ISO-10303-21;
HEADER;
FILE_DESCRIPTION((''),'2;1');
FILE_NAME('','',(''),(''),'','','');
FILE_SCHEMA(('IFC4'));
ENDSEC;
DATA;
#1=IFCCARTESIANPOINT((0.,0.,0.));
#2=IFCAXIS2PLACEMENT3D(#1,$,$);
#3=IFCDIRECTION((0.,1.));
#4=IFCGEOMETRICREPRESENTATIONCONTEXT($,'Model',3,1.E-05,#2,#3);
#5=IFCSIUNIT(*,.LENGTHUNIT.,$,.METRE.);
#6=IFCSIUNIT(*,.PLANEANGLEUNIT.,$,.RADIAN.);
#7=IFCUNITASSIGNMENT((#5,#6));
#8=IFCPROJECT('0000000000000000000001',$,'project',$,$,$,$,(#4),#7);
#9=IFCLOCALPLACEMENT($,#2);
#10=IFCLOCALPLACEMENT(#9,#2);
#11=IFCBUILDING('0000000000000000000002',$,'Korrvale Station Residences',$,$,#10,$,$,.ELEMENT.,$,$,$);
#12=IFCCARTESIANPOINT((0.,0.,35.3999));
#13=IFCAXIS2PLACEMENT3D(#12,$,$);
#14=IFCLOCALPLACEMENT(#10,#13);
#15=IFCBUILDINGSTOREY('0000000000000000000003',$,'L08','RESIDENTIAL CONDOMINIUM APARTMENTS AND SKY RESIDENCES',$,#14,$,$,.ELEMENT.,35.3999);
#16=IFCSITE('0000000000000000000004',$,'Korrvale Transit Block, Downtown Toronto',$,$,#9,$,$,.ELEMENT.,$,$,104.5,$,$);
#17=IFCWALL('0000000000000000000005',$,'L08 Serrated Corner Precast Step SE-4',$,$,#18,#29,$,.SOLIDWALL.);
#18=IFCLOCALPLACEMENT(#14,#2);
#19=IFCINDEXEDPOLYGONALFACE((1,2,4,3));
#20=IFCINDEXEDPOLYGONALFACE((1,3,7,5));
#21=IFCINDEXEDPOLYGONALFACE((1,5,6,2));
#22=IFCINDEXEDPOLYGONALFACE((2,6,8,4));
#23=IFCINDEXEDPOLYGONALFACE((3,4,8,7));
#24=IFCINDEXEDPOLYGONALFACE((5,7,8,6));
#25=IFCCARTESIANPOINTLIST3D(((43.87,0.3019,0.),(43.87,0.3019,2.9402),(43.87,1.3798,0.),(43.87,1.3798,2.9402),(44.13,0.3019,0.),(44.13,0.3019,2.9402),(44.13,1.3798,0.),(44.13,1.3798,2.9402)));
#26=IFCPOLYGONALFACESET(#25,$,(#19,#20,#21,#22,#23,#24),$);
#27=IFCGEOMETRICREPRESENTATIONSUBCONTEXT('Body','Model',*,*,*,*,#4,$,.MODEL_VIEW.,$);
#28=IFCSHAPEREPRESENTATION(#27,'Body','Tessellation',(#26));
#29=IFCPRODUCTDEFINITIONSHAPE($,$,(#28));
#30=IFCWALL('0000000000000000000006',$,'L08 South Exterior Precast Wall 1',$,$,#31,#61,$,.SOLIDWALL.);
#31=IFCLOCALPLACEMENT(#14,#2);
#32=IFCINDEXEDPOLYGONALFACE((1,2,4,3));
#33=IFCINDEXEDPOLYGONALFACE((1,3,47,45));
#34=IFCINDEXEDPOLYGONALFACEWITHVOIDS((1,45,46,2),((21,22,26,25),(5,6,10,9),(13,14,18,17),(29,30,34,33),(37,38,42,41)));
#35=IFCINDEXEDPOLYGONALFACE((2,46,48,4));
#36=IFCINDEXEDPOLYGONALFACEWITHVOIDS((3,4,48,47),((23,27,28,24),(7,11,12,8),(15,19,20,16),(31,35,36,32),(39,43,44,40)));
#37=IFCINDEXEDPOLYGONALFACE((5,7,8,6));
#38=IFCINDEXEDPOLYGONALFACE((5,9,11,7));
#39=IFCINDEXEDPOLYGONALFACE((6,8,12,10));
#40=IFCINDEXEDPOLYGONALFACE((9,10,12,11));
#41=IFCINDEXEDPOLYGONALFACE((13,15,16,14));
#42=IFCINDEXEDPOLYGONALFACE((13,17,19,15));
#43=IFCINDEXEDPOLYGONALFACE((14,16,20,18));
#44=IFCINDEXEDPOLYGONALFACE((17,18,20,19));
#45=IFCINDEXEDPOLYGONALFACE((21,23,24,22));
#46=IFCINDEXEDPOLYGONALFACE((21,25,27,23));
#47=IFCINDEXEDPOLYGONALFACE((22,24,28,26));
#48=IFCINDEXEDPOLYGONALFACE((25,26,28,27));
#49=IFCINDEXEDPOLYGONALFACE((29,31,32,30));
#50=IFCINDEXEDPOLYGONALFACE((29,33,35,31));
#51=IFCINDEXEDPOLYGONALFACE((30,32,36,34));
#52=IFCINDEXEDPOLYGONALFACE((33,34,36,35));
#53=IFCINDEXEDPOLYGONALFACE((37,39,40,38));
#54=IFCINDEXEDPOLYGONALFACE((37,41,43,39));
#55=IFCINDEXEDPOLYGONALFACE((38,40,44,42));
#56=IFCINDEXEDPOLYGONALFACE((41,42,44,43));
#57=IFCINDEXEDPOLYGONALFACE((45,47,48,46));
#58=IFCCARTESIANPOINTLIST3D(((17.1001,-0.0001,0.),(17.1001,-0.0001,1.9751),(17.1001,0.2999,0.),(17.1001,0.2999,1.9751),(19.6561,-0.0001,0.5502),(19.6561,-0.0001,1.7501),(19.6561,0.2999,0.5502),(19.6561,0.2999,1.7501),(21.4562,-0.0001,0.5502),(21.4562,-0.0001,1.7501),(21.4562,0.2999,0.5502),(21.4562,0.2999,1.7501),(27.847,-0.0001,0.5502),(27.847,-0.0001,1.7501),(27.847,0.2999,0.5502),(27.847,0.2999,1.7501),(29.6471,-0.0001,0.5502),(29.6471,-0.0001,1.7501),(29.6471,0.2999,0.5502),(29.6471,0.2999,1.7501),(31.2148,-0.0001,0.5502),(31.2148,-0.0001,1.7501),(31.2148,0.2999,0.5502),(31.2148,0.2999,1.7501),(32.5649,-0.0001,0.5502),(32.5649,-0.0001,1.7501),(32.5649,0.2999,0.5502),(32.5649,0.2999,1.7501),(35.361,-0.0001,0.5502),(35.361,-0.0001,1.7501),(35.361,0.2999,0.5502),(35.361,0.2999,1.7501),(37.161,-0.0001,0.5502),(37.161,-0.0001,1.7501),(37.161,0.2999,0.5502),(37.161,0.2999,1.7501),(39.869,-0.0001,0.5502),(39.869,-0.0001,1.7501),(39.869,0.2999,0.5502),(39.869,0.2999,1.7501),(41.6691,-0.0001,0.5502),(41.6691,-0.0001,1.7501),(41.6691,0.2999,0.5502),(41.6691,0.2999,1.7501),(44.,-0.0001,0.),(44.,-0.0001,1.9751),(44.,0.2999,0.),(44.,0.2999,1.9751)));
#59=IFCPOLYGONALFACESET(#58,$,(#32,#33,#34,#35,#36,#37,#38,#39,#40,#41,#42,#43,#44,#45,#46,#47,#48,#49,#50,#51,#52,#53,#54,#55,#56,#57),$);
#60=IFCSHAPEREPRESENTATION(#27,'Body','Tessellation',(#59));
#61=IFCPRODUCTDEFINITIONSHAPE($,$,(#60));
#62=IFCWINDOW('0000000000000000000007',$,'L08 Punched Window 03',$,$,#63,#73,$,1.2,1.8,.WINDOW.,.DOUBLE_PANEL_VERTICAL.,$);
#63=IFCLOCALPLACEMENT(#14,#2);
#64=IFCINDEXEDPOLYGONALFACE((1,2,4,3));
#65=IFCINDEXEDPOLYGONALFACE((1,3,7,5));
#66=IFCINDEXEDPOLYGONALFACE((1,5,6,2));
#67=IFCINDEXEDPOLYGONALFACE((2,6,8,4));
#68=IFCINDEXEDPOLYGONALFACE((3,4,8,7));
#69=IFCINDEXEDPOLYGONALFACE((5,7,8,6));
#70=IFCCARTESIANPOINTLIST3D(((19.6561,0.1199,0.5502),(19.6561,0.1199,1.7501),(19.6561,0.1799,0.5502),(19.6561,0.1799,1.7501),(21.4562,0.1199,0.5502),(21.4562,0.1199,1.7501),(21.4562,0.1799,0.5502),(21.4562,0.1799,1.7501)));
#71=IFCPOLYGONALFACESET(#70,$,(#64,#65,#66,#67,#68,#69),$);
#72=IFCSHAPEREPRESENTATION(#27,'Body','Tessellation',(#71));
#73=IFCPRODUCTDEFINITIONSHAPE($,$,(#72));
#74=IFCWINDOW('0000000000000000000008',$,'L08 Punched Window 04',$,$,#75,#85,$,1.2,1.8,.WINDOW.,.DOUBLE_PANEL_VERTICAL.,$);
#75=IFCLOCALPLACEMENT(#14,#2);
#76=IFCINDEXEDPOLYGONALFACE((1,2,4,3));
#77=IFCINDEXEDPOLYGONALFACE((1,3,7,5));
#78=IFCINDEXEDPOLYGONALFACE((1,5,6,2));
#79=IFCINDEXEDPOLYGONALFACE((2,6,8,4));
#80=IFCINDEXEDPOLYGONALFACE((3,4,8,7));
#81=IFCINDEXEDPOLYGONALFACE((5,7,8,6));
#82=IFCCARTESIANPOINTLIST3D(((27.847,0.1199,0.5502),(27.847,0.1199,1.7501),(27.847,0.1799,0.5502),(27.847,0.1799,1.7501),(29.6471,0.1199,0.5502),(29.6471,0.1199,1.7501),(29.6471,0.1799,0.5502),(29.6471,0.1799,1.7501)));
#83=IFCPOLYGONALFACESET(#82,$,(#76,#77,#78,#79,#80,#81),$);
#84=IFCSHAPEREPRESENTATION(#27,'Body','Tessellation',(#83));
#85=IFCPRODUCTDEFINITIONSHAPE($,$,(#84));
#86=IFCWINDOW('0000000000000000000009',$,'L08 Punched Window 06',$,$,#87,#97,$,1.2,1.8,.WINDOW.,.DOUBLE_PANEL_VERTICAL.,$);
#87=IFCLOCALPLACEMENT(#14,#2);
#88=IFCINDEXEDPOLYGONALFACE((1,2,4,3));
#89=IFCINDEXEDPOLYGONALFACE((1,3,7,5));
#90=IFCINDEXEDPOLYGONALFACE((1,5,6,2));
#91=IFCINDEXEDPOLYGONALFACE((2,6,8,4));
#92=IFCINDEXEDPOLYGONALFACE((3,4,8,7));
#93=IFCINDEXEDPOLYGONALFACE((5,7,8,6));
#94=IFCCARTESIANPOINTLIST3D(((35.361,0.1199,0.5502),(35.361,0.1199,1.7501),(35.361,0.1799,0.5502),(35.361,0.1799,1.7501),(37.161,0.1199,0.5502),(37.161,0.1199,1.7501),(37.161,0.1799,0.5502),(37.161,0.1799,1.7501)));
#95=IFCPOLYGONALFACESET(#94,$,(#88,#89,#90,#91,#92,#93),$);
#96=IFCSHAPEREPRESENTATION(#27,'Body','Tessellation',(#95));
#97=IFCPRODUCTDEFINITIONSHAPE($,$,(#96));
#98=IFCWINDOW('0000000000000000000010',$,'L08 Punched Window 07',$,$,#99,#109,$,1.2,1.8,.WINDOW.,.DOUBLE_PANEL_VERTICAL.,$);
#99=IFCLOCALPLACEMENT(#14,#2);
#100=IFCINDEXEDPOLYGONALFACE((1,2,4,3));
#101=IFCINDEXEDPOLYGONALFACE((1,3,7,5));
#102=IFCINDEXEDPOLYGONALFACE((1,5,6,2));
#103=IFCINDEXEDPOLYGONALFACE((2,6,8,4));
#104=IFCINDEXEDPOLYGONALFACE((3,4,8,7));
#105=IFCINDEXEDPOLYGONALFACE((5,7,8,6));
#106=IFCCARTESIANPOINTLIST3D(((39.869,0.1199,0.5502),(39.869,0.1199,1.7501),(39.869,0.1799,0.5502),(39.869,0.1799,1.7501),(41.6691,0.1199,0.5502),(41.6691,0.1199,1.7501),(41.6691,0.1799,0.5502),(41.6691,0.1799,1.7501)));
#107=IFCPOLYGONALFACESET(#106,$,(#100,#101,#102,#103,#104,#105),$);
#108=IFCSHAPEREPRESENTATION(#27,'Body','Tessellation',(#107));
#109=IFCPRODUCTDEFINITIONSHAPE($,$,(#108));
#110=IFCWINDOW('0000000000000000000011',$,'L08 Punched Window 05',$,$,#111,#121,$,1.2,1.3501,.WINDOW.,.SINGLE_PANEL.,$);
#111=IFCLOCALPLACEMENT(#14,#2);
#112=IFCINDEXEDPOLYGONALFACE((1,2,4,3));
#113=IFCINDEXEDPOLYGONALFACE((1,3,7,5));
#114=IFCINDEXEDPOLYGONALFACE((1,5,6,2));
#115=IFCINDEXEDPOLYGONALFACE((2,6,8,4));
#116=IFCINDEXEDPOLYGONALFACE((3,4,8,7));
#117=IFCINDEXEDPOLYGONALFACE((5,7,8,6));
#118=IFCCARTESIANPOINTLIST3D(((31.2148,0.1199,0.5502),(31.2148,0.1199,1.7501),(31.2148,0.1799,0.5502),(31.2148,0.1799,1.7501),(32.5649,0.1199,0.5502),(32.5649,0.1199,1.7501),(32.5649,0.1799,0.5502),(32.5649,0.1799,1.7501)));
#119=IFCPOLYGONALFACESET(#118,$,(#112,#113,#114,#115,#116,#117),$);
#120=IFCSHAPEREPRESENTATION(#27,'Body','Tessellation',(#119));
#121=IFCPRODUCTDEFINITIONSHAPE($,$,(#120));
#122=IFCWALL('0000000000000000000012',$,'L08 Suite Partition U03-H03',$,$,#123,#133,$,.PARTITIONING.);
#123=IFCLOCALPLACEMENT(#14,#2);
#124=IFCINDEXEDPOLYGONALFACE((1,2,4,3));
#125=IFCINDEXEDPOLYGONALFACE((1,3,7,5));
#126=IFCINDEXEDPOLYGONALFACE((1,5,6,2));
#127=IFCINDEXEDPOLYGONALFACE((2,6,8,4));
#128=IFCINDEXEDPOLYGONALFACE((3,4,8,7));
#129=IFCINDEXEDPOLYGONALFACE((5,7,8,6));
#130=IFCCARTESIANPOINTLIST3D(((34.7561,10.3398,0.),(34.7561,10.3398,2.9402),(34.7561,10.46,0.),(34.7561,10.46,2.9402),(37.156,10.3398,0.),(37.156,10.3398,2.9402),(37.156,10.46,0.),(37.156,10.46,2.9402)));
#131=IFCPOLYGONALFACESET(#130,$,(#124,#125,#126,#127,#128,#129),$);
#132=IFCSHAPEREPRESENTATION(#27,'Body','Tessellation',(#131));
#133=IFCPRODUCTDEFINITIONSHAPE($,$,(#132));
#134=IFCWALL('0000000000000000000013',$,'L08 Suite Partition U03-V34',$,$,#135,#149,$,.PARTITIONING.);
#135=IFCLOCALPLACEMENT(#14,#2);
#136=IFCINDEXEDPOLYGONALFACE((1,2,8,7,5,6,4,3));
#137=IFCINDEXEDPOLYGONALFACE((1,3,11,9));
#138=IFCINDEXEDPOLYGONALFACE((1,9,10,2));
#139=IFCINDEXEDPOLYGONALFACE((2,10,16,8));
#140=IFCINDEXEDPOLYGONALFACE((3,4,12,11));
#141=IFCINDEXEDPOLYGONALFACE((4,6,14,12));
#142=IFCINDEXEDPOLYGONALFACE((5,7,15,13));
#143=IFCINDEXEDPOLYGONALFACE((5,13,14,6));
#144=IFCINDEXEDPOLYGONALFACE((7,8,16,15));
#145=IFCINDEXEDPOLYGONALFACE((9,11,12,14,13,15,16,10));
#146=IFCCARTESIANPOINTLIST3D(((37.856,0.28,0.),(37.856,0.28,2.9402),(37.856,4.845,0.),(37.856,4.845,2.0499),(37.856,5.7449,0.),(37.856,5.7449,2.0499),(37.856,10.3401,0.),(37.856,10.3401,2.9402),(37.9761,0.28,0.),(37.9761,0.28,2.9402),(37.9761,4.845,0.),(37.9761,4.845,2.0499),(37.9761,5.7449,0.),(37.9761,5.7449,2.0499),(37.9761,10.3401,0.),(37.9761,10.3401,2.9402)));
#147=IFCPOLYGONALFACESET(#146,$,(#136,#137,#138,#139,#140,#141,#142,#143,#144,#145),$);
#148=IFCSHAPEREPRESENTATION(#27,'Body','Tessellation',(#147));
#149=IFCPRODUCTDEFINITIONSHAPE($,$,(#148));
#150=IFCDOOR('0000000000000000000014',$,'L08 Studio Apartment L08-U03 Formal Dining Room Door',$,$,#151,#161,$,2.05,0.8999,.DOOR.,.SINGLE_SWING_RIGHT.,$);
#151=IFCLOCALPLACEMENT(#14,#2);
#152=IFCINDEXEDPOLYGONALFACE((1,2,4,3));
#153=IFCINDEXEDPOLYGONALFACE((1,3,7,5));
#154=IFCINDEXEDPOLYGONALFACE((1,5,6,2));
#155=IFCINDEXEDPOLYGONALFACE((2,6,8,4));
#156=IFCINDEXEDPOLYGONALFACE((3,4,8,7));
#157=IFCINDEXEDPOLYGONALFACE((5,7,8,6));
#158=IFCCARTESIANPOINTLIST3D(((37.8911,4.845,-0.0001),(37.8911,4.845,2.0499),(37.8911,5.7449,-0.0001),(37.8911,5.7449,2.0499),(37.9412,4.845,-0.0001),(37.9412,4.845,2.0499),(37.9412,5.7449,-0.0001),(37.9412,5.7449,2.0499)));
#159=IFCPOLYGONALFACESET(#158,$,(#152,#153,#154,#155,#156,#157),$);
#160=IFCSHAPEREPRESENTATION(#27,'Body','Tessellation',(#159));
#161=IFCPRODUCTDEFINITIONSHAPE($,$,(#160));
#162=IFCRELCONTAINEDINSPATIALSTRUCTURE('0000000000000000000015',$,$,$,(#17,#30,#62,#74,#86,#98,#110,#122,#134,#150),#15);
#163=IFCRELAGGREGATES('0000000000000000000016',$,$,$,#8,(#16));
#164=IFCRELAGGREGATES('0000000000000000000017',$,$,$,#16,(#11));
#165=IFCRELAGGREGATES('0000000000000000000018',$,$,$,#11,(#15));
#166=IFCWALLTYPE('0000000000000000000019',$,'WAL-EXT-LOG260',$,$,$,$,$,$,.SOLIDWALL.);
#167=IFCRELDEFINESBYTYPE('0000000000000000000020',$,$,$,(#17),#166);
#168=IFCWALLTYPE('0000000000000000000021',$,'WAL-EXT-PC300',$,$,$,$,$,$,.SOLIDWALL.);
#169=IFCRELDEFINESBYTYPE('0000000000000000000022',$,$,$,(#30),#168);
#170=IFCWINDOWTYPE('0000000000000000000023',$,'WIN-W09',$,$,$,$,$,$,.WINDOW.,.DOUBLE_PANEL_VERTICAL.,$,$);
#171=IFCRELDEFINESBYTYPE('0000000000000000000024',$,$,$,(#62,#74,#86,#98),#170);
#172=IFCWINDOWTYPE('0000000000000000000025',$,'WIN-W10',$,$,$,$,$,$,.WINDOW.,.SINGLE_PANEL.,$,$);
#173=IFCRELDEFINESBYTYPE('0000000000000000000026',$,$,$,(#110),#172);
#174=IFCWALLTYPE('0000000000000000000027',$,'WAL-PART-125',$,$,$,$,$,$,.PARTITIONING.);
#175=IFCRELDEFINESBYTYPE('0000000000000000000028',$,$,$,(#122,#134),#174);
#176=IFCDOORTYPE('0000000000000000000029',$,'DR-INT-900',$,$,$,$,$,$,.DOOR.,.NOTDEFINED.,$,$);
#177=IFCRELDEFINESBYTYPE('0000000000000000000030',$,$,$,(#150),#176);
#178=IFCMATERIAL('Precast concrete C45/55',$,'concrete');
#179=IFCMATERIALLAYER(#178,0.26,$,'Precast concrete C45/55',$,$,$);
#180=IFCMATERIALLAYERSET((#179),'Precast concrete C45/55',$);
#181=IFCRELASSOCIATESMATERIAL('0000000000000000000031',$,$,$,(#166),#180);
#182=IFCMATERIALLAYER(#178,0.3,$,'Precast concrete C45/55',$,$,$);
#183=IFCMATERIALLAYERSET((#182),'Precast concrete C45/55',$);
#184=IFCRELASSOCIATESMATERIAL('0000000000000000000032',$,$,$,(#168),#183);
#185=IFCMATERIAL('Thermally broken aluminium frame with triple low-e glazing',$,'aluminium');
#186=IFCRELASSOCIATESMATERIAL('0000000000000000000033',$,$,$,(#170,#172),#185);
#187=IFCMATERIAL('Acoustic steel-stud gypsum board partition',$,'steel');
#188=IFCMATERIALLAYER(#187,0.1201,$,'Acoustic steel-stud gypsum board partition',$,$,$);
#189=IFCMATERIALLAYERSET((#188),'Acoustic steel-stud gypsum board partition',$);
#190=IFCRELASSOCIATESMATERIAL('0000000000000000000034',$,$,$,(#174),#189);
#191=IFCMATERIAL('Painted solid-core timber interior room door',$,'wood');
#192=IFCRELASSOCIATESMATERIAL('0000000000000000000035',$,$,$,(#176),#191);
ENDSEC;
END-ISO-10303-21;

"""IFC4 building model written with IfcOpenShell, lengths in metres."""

from ifc_helpers import new_model, si_unit, direction, frame, frame_2d, origin, place, context, subcontext, project, spatial, rectangle, extrude, material, layer, layer_set, type_object, element, fill, save


model = new_model("IFC4")

# Units and contexts
model_context = context("Model", 3, precision=1e-05, world=origin(), true_north=direction((0.0, 1.0)))
body_context = subcontext(model_context, "Body", "Model", "MODEL_VIEW")
ifc_project = project(units=[si_unit("LENGTHUNIT", "METRE"), si_unit("PLANEANGLEUNIT", "RADIAN")], contexts=[model_context])

# Site, building, storey
site_placement = place(None, origin())
site = spatial("IfcSite", under=ifc_project, at=site_placement, Name="Korrvale Transit Block, Downtown Toronto", CompositionType="ELEMENT", RefElevation=104.5)
building_placement = place(site_placement, origin())
building = spatial("IfcBuilding", under=site, at=building_placement, Name="Korrvale Station Residences", CompositionType="ELEMENT")
storey_placement = place(building_placement, frame((0.0, 0.0, 35.3999)))
storey = spatial("IfcBuildingStorey", under=building, at=storey_placement, Name="L08", Description="RESIDENTIAL CONDOMINIUM APARTMENTS AND SKY RESIDENCES", CompositionType="ELEMENT", Elevation=35.3999)

# Wall
ifc_material_1 = material(Name="Precast concrete C45/55", Category="concrete")
ifc_layer_1 = layer(ifc_material_1, 0.26, Name="Precast concrete C45/55")
ifc_layer_set_1 = layer_set([ifc_layer_1], Name="Precast concrete C45/55")
wall_type_1 = type_object("IfcWallType", Name="WAL-EXT-LOG260", PredefinedType="SOLIDWALL", material=ifc_layer_set_1)
wall_1_placement = place(storey_placement, frame((44.0, 1.3799, 0.0), z_axis=(0.0, 0.0, 1.0), x_axis=(0.0, -1.0, 0.0)))
element("IfcWall", 1, at=wall_1_placement, inside=storey, type_object=wall_type_1, Name="L08 Serrated Corner Precast Step SE-4", PredefinedType="SOLIDWALL", context=body_context, shape_type="SweptSolid", body=[
    extrude(rectangle(XDim=1.0779, YDim=0.26, at=frame_2d((0.5391, 0.0))), origin(), (0.0, 0.0, 1.0), 2.9402),
])

# Wall, openings, windows
ifc_layer_2 = layer(ifc_material_1, 0.3, Name="Precast concrete C45/55")
ifc_layer_set_2 = layer_set([ifc_layer_2], Name="Precast concrete C45/55")
wall_type_2 = type_object("IfcWallType", Name="WAL-EXT-PC300", PredefinedType="SOLIDWALL", material=ifc_layer_set_2)
wall_2_placement = place(storey_placement, frame((44.0, 0.1499, 0.0), z_axis=(0.0, 0.0, 1.0), x_axis=(-1.0, 0.0, 0.0)))
wall_2 = element("IfcWall", 2, at=wall_2_placement, inside=storey, type_object=wall_type_2, Name="L08 South Exterior Precast Wall 1", PredefinedType="SOLIDWALL", context=body_context, shape_type="SweptSolid", body=[
    extrude(rectangle(XDim=26.8999, YDim=0.3, at=frame_2d((13.45, 0.0))), origin(), (0.0, 0.0, 1.0), 1.9751),
])
opening_1_placement = place(wall_2_placement, frame((22.5439, 0.0, 0.55)))
opening_1 = element("IfcOpeningElement", 3, at=opening_1_placement, cuts=wall_2, PredefinedType="OPENING", context=body_context, shape_type="SweptSolid", body=[
    extrude(rectangle(XDim=1.8, YDim=1.2, at=frame_2d((0.8999, 0.6001))), frame((0.0, 0.1602, 0.0), z_axis=(0.0, -1.0, 0.0), x_axis=(1.0, 0.0, 0.0)), (0.0, 0.0, 1.0), 0.3201),
])
opening_2_placement = place(wall_2_placement, frame((14.353, 0.0, 0.55)))
opening_2 = element("IfcOpeningElement", 4, at=opening_2_placement, cuts=wall_2, PredefinedType="OPENING", context=body_context, shape_type="SweptSolid", body=[
    extrude(rectangle(XDim=1.8, YDim=1.2, at=frame_2d((0.8999, 0.6001))), frame((0.0, 0.1602, 0.0), z_axis=(0.0, -1.0, 0.0), x_axis=(1.0, 0.0, 0.0)), (0.0, 0.0, 1.0), 0.3201),
])
opening_3_placement = place(wall_2_placement, frame((11.4351, 0.0, 0.55)))
opening_3 = element("IfcOpeningElement", 5, at=opening_3_placement, cuts=wall_2, PredefinedType="OPENING", context=body_context, shape_type="SweptSolid", body=[
    extrude(rectangle(XDim=1.3501, YDim=1.2, at=frame_2d((0.675, 0.6001))), frame((0.0, 0.1602, 0.0), z_axis=(0.0, -1.0, 0.0), x_axis=(1.0, 0.0, 0.0)), (0.0, 0.0, 1.0), 0.3201),
])
opening_4_placement = place(wall_2_placement, frame((6.8391, 0.0, 0.55)))
opening_4 = element("IfcOpeningElement", 6, at=opening_4_placement, cuts=wall_2, PredefinedType="OPENING", context=body_context, shape_type="SweptSolid", body=[
    extrude(rectangle(XDim=1.8, YDim=1.2, at=frame_2d((0.8999, 0.6001))), frame((0.0, 0.1602, 0.0), z_axis=(0.0, -1.0, 0.0), x_axis=(1.0, 0.0, 0.0)), (0.0, 0.0, 1.0), 0.3201),
])
opening_5_placement = place(wall_2_placement, frame((2.3311, 0.0, 0.55)))
opening_5 = element("IfcOpeningElement", 7, at=opening_5_placement, cuts=wall_2, PredefinedType="OPENING", context=body_context, shape_type="SweptSolid", body=[
    extrude(rectangle(XDim=1.8, YDim=1.2, at=frame_2d((0.8999, 0.6001))), frame((0.0, 0.1602, 0.0), z_axis=(0.0, -1.0, 0.0), x_axis=(1.0, 0.0, 0.0)), (0.0, 0.0, 1.0), 0.3201),
])
ifc_material_2 = material(Name="Thermally broken aluminium frame with triple low-e glazing", Category="aluminium")
window_type_1 = type_object("IfcWindowType", Name="WIN-W09", PartitioningType="DOUBLE_PANEL_VERTICAL", PredefinedType="WINDOW", material=ifc_material_2)
window_1_placement = place(opening_1_placement, origin())
window_1 = element("IfcWindow", 8, at=window_1_placement, inside=storey, type_object=window_type_1, Name="L08 Punched Window 03", OverallHeight=1.2, OverallWidth=1.8, PartitioningType="DOUBLE_PANEL_VERTICAL", PredefinedType="WINDOW", context=body_context, shape_type="SweptSolid", body=[
    extrude(rectangle(XDim=1.8, YDim=1.2, at=frame_2d((0.8999, 0.6001))), frame((0.0, 0.03, 0.0), z_axis=(0.0, -1.0, 0.0), x_axis=(1.0, 0.0, 0.0)), (0.0, 0.0, 1.0), 0.0601),
])
fill(opening_1, window_1)
window_2_placement = place(opening_2_placement, origin())
window_2 = element("IfcWindow", 9, at=window_2_placement, inside=storey, type_object=window_type_1, Name="L08 Punched Window 04", OverallHeight=1.2, OverallWidth=1.8, PartitioningType="DOUBLE_PANEL_VERTICAL", PredefinedType="WINDOW", context=body_context, shape_type="SweptSolid", body=[
    extrude(rectangle(XDim=1.8, YDim=1.2, at=frame_2d((0.8999, 0.6001))), frame((0.0, 0.03, 0.0), z_axis=(0.0, -1.0, 0.0), x_axis=(1.0, 0.0, 0.0)), (0.0, 0.0, 1.0), 0.0601),
])
fill(opening_2, window_2)
window_3_placement = place(opening_4_placement, origin())
window_3 = element("IfcWindow", 10, at=window_3_placement, inside=storey, type_object=window_type_1, Name="L08 Punched Window 06", OverallHeight=1.2, OverallWidth=1.8, PartitioningType="DOUBLE_PANEL_VERTICAL", PredefinedType="WINDOW", context=body_context, shape_type="SweptSolid", body=[
    extrude(rectangle(XDim=1.8, YDim=1.2, at=frame_2d((0.8999, 0.6001))), frame((0.0, 0.03, 0.0), z_axis=(0.0, -1.0, 0.0), x_axis=(1.0, 0.0, 0.0)), (0.0, 0.0, 1.0), 0.0601),
])
fill(opening_4, window_3)
window_4_placement = place(opening_5_placement, origin())
window_4 = element("IfcWindow", 11, at=window_4_placement, inside=storey, type_object=window_type_1, Name="L08 Punched Window 07", OverallHeight=1.2, OverallWidth=1.8, PartitioningType="DOUBLE_PANEL_VERTICAL", PredefinedType="WINDOW", context=body_context, shape_type="SweptSolid", body=[
    extrude(rectangle(XDim=1.8, YDim=1.2, at=frame_2d((0.8999, 0.6001))), frame((0.0, 0.03, 0.0), z_axis=(0.0, -1.0, 0.0), x_axis=(1.0, 0.0, 0.0)), (0.0, 0.0, 1.0), 0.0601),
])
fill(opening_5, window_4)
window_type_2 = type_object("IfcWindowType", Name="WIN-W10", PartitioningType="SINGLE_PANEL", PredefinedType="WINDOW", material=ifc_material_2)
window_5_placement = place(opening_3_placement, origin())
window_5 = element("IfcWindow", 12, at=window_5_placement, inside=storey, type_object=window_type_2, Name="L08 Punched Window 05", OverallHeight=1.2, OverallWidth=1.3501, PartitioningType="SINGLE_PANEL", PredefinedType="WINDOW", context=body_context, shape_type="SweptSolid", body=[
    extrude(rectangle(XDim=1.3501, YDim=1.2, at=frame_2d((0.675, 0.6001))), frame((0.0, 0.03, 0.0), z_axis=(0.0, -1.0, 0.0), x_axis=(1.0, 0.0, 0.0)), (0.0, 0.0, 1.0), 0.0601),
])
fill(opening_3, window_5)

# Wall
ifc_material_3 = material(Name="Acoustic steel-stud gypsum board partition", Category="steel")
ifc_layer_3 = layer(ifc_material_3, 0.1201, Name="Acoustic steel-stud gypsum board partition")
ifc_layer_set_3 = layer_set([ifc_layer_3], Name="Acoustic steel-stud gypsum board partition")
wall_type_3 = type_object("IfcWallType", Name="WAL-PART-125", PredefinedType="PARTITIONING", material=ifc_layer_set_3)
wall_3_placement = place(storey_placement, frame((34.7561, 10.3999, 0.0), z_axis=(0.0, 0.0, 1.0), x_axis=(1.0, 0.0, 0.0)))
element("IfcWall", 13, at=wall_3_placement, inside=storey, type_object=wall_type_3, Name="L08 Suite Partition U03-H03", PredefinedType="PARTITIONING", context=body_context, shape_type="SweptSolid", body=[
    extrude(rectangle(XDim=2.3999, YDim=0.1201, at=frame_2d((1.2, 0.0))), origin(), (0.0, 0.0, 1.0), 2.9402),
])

# Wall, opening, door
wall_4_placement = place(storey_placement, frame((37.916, 0.28, 0.0), z_axis=(0.0, 0.0, 1.0), x_axis=(0.0, 1.0, 0.0)))
wall_4 = element("IfcWall", 14, at=wall_4_placement, inside=storey, type_object=wall_type_3, Name="L08 Suite Partition U03-V34", PredefinedType="PARTITIONING", context=body_context, shape_type="SweptSolid", body=[
    extrude(rectangle(XDim=10.0601, YDim=0.1201, at=frame_2d((5.03, 0.0))), origin(), (0.0, 0.0, 1.0), 2.9402),
])
opening_6_placement = place(wall_4_placement, frame((4.5649, 0.0, 0.0)))
opening_6 = element("IfcOpeningElement", 15, at=opening_6_placement, cuts=wall_4, PredefinedType="OPENING", context=body_context, shape_type="SweptSolid", body=[
    extrude(rectangle(XDim=0.8999, YDim=2.05, at=frame_2d((0.45, 1.0249))), frame((0.0, 0.0701, 0.0), z_axis=(0.0, -1.0, 0.0), x_axis=(1.0, 0.0, 0.0)), (0.0, 0.0, 1.0), 0.1401),
])
ifc_material_4 = material(Name="Painted solid-core timber interior room door", Category="wood")
door_type = type_object("IfcDoorType", Name="DR-INT-900", OperationType="NOTDEFINED", PredefinedType="DOOR", material=ifc_material_4)
door_1_placement = place(opening_6_placement, origin())
door_1 = element("IfcDoor", 16, at=door_1_placement, inside=storey, type_object=door_type, Name="L08 Studio Apartment L08-U03 Formal Dining Room Door", OperationType="SINGLE_SWING_RIGHT", OverallHeight=2.05, OverallWidth=0.8999, PredefinedType="DOOR", context=body_context, shape_type="SweptSolid", body=[
    extrude(rectangle(XDim=0.8999, YDim=2.05, at=frame_2d((0.45, 1.0249))), frame((0.0, 0.0249, 0.0), z_axis=(0.0, -1.0, 0.0), x_axis=(1.0, 0.0, 0.0)), (0.0, 0.0, 1.0), 0.05),
])
fill(opening_6, door_1)

save(model, "model.ifc")
